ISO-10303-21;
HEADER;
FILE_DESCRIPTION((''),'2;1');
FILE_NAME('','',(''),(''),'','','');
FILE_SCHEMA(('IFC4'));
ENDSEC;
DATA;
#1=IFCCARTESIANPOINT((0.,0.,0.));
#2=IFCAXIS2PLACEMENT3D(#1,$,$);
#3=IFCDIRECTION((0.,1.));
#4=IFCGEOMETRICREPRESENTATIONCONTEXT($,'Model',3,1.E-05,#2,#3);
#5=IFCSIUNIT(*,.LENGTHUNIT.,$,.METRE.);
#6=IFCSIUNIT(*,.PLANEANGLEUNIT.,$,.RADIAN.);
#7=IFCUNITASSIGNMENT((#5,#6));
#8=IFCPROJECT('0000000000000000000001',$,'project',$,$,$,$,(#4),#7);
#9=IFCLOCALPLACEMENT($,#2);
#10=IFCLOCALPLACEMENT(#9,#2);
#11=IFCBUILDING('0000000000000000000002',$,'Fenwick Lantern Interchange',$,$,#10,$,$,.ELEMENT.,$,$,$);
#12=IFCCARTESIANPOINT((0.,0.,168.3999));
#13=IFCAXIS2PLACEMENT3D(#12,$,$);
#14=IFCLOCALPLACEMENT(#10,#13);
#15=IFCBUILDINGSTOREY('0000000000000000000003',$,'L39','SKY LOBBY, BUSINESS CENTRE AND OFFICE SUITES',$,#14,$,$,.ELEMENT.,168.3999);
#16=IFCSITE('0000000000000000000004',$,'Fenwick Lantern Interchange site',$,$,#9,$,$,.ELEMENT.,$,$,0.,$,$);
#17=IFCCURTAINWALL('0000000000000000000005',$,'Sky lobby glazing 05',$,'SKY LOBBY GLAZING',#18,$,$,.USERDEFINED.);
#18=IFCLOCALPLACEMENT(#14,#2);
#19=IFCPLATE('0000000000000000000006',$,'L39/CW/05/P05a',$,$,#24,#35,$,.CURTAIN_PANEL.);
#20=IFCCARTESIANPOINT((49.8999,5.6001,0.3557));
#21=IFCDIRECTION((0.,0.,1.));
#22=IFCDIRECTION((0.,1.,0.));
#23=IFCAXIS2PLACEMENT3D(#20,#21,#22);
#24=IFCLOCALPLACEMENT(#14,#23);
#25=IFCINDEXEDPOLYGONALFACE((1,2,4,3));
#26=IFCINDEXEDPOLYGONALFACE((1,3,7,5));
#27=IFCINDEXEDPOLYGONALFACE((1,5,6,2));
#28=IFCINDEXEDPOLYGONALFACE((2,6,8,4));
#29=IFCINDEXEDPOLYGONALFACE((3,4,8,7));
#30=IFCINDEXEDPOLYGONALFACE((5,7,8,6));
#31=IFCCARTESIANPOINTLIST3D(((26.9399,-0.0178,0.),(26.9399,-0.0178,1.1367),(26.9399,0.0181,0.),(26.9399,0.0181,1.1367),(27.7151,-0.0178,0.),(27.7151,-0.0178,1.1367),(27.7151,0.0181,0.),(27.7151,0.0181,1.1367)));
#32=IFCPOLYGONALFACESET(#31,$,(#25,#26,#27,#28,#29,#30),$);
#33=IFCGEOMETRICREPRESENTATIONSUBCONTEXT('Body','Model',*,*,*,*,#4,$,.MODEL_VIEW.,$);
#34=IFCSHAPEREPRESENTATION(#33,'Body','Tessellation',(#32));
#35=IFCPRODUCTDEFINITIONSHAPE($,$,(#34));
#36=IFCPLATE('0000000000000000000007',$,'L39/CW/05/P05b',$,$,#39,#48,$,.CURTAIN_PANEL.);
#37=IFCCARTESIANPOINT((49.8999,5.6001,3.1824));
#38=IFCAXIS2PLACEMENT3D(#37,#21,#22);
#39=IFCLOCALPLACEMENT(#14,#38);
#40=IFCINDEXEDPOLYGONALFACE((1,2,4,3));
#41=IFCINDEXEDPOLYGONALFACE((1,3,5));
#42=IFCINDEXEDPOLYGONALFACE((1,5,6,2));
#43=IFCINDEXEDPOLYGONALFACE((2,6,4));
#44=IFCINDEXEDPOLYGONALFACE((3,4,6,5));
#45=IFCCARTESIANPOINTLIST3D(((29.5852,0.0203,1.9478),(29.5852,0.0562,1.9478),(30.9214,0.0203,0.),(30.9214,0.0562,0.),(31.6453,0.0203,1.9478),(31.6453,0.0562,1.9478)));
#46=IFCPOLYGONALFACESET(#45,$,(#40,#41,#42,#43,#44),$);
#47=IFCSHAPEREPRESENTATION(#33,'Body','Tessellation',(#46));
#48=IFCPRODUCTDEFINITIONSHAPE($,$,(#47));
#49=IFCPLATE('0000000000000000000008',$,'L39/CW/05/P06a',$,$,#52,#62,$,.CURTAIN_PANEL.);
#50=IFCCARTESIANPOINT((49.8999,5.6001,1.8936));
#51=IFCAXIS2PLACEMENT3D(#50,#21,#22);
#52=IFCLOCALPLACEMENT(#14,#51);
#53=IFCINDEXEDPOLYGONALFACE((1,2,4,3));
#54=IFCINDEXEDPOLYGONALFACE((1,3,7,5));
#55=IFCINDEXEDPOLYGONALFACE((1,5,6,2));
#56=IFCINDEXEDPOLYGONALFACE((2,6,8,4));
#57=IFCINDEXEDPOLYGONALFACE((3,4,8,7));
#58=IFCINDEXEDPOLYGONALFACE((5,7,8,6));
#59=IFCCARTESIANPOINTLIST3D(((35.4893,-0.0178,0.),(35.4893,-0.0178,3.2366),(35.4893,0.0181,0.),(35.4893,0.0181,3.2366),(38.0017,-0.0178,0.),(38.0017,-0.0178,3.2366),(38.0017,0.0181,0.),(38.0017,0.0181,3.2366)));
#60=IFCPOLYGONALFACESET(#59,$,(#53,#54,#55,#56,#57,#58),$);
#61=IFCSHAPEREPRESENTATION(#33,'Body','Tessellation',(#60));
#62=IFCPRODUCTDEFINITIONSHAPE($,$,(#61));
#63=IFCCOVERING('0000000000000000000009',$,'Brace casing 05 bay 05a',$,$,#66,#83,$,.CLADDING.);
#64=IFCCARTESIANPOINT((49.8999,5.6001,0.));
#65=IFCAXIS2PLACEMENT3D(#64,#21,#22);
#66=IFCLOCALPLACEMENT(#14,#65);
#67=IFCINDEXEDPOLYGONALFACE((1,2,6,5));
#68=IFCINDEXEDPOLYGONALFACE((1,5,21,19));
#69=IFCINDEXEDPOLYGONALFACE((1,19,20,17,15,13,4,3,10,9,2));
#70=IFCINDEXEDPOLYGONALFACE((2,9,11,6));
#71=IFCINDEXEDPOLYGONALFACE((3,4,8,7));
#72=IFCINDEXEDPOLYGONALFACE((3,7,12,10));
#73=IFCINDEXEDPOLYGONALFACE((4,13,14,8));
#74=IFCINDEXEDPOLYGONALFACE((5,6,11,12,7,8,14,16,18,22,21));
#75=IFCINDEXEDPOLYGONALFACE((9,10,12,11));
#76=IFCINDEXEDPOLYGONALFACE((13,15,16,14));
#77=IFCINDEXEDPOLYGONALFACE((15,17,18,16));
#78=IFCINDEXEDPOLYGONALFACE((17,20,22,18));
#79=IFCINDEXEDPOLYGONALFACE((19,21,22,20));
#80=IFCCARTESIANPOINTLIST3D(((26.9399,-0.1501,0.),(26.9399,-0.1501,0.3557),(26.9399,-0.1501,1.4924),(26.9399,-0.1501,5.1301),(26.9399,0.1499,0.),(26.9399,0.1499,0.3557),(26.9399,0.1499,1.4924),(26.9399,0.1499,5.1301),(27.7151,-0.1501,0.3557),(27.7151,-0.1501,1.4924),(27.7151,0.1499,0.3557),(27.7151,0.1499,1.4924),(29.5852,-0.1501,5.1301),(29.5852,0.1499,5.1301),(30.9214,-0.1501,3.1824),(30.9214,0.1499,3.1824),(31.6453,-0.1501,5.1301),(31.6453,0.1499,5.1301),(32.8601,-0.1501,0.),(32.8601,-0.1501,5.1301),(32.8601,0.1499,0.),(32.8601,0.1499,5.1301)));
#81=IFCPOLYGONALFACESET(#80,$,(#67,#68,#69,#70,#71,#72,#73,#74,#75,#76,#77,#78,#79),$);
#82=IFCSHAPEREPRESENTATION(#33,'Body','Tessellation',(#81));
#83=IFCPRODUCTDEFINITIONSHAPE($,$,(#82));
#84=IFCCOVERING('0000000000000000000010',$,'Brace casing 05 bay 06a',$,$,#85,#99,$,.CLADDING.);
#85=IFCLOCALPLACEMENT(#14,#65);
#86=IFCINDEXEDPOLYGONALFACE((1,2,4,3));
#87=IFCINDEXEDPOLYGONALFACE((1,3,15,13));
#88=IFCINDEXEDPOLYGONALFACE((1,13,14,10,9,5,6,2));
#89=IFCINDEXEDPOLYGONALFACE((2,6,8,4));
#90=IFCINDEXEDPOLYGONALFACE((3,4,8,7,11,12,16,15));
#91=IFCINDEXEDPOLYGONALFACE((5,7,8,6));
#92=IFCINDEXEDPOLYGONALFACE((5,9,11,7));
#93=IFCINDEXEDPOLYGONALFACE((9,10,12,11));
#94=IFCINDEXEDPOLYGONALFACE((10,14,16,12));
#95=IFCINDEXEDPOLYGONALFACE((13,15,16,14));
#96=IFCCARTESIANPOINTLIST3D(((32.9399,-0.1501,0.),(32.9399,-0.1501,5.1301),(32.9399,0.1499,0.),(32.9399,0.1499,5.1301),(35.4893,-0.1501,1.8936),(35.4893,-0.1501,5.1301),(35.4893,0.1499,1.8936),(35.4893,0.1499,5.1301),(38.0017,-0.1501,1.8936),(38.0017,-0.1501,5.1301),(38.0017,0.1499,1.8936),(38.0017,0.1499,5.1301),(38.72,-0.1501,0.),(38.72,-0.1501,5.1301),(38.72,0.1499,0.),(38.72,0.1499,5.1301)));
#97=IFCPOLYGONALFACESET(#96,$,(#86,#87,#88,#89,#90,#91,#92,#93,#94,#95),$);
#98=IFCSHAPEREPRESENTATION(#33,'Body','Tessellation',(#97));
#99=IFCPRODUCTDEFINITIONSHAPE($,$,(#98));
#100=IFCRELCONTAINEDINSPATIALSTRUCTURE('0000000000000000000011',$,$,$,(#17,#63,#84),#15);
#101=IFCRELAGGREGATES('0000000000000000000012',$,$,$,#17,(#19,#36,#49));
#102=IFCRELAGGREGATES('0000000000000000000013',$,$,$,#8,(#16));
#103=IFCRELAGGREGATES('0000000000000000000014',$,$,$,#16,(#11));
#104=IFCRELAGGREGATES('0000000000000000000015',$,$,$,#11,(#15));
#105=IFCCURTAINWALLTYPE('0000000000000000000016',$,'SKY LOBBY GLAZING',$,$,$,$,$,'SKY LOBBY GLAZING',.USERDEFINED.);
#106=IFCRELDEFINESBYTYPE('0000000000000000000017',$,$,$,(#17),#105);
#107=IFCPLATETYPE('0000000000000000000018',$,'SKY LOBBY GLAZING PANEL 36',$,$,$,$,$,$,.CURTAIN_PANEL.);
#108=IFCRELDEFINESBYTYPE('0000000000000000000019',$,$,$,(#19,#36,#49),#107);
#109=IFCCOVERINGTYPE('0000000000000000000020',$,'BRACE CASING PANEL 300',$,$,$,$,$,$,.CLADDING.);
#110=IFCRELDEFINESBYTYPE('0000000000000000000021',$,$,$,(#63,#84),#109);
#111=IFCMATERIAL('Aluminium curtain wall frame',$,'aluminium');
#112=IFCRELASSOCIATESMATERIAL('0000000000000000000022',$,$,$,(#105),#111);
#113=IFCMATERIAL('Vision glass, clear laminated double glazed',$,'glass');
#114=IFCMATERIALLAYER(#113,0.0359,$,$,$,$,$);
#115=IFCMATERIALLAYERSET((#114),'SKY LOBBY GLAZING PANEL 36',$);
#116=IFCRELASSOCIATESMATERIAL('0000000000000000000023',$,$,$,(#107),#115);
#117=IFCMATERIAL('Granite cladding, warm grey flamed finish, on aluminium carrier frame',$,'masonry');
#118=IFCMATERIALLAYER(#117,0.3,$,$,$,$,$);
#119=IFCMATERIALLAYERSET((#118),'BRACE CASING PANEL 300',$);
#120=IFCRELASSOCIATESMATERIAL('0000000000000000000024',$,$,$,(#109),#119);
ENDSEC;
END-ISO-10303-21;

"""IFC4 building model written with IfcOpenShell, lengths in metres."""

from ifc_helpers import new_model, si_unit, direction, frame, origin, place, context, subcontext, project, spatial, polyline, outline, extrude, material, layer, layer_set, type_object, element, aggregate, save


model = new_model("IFC4")

# Units and contexts
model_context = context("Model", 3, precision=1e-05, world=origin(), true_north=direction((0.0, 1.0)))
body_context = subcontext(model_context, "Body", "Model", "MODEL_VIEW")
ifc_project = project(units=[si_unit("LENGTHUNIT", "METRE"), si_unit("PLANEANGLEUNIT", "RADIAN")], contexts=[model_context])

# Site, building, storey
site_placement = place(None, origin())
site = spatial("IfcSite", under=ifc_project, at=site_placement, Name="Fenwick Lantern Interchange site", CompositionType="ELEMENT", RefElevation=0.0)
building_placement = place(site_placement, origin())
building = spatial("IfcBuilding", under=site, at=building_placement, Name="Fenwick Lantern Interchange", CompositionType="ELEMENT")
storey_placement = place(building_placement, frame((0.0, 0.0, 168.3999)))
storey = spatial("IfcBuildingStorey", under=building, at=storey_placement, Name="L39", Description="SKY LOBBY, BUSINESS CENTRE AND OFFICE SUITES", CompositionType="ELEMENT", Elevation=168.3999)

# Curtain wall
ifc_material_1 = material(Name="Aluminium curtain wall frame", Category="aluminium")
curtain_wall_type = type_object("IfcCurtainWallType", Name="SKY LOBBY GLAZING", ElementType="SKY LOBBY GLAZING", PredefinedType="USERDEFINED", material=ifc_material_1)
curtain_wall_placement = place(storey_placement, origin())
curtain_wall = element("IfcCurtainWall", 1, at=curtain_wall_placement, inside=storey, type_object=curtain_wall_type, Name="Sky lobby glazing 05", ObjectType="SKY LOBBY GLAZING", PredefinedType="USERDEFINED")

# Plates
ifc_material_2 = material(Name="Vision glass, clear laminated double glazed", Category="glass")
ifc_layer_1 = layer(ifc_material_2, 0.0359)
ifc_layer_set_1 = layer_set([ifc_layer_1], Name="SKY LOBBY GLAZING PANEL 36")
plate_type = type_object("IfcPlateType", Name="SKY LOBBY GLAZING PANEL 36", PredefinedType="CURTAIN_PANEL", material=ifc_layer_set_1)
plate_1_placement = place(storey_placement, frame((49.8999, 5.6001, 0.3557), z_axis=(0.0, 0.0, 1.0), x_axis=(0.0, 1.0, 0.0)))
plate_1 = element("IfcPlate", 2, at=plate_1_placement, type_object=plate_type, Name="L39/CW/05/P05a", PredefinedType="CURTAIN_PANEL", context=body_context, shape_type="SweptSolid", body=[
    extrude(outline(polyline([(26.9399, 0.0), (27.7151, 0.0), (27.7151, 1.1367), (26.9399, 1.1367), (26.9399, 0.0)])), frame((0.0, 0.0181, 0.0), z_axis=(0.0, -1.0, 0.0), x_axis=(1.0, 0.0, 0.0)), (0.0, 0.0, 1.0), 0.0359),
])
plate_2_placement = place(storey_placement, frame((49.8999, 5.6001, 3.1824), z_axis=(0.0, 0.0, 1.0), x_axis=(0.0, 1.0, 0.0)))
plate_2 = element("IfcPlate", 3, at=plate_2_placement, type_object=plate_type, Name="L39/CW/05/P05b", PredefinedType="CURTAIN_PANEL", context=body_context, shape_type="SweptSolid", body=[
    extrude(outline(polyline([(30.9214, 0.0), (31.6453, 1.9478), (29.5852, 1.9478), (30.9214, 0.0)])), frame((0.0, 0.0562, 0.0), z_axis=(0.0, -1.0, 0.0), x_axis=(1.0, 0.0, 0.0)), (0.0, 0.0, 1.0), 0.0359),
])
plate_3_placement = place(storey_placement, frame((49.8999, 5.6001, 1.8936), z_axis=(0.0, 0.0, 1.0), x_axis=(0.0, 1.0, 0.0)))
plate_3 = element("IfcPlate", 4, at=plate_3_placement, type_object=plate_type, Name="L39/CW/05/P06a", PredefinedType="CURTAIN_PANEL", context=body_context, shape_type="SweptSolid", body=[
    extrude(outline(polyline([(35.4893, 0.0), (38.0017, 0.0), (38.0017, 3.2366), (35.4893, 3.2366), (35.4893, 0.0)])), frame((0.0, 0.0181, 0.0), z_axis=(0.0, -1.0, 0.0), x_axis=(1.0, 0.0, 0.0)), (0.0, 0.0, 1.0), 0.0359),
])
aggregate(curtain_wall, [plate_1, plate_2, plate_3])

# Coverings
ifc_material_3 = material(Name="Granite cladding, warm grey flamed finish, on aluminium carrier frame", Category="masonry")
ifc_layer_2 = layer(ifc_material_3, 0.3)
ifc_layer_set_2 = layer_set([ifc_layer_2], Name="BRACE CASING PANEL 300")
covering_type = type_object("IfcCoveringType", Name="BRACE CASING PANEL 300", PredefinedType="CLADDING", material=ifc_layer_set_2)
covering_1_placement = place(storey_placement, frame((49.8999, 5.6001, 0.0), z_axis=(0.0, 0.0, 1.0), x_axis=(0.0, 1.0, 0.0)))
element("IfcCovering", 5, at=covering_1_placement, inside=storey, type_object=covering_type, Name="Brace casing 05 bay 05a", PredefinedType="CLADDING", context=body_context, shape_type="SweptSolid", body=[
    extrude(outline(polyline([(26.9399, 0.0), (32.8601, 0.0), (32.8601, 5.1301), (31.6453, 5.1301), (30.9214, 3.1824), (29.5852, 5.1301), (26.9399, 5.1301), (26.9399, 1.4924), (27.7151, 1.4924), (27.7151, 0.3557), (26.9399, 0.3557), (26.9399, 0.0)])), frame((0.0, 0.1499, 0.0), z_axis=(0.0, -1.0, 0.0), x_axis=(1.0, 0.0, 0.0)), (0.0, 0.0, 1.0), 0.3),
])
covering_2_placement = place(storey_placement, frame((49.8999, 5.6001, 0.0), z_axis=(0.0, 0.0, 1.0), x_axis=(0.0, 1.0, 0.0)))
element("IfcCovering", 6, at=covering_2_placement, inside=storey, type_object=covering_type, Name="Brace casing 05 bay 06a", PredefinedType="CLADDING", context=body_context, shape_type="SweptSolid", body=[
    extrude(outline(polyline([(32.9399, 0.0), (38.72, 0.0), (38.72, 5.1301), (38.0017, 5.1301), (38.0017, 1.8936), (35.4893, 1.8936), (35.4893, 5.1301), (32.9399, 5.1301), (32.9399, 0.0)])), frame((0.0, 0.1499, 0.0), z_axis=(0.0, -1.0, 0.0), x_axis=(1.0, 0.0, 0.0)), (0.0, 0.0, 1.0), 0.3),
])

save(model, "model.ifc")
